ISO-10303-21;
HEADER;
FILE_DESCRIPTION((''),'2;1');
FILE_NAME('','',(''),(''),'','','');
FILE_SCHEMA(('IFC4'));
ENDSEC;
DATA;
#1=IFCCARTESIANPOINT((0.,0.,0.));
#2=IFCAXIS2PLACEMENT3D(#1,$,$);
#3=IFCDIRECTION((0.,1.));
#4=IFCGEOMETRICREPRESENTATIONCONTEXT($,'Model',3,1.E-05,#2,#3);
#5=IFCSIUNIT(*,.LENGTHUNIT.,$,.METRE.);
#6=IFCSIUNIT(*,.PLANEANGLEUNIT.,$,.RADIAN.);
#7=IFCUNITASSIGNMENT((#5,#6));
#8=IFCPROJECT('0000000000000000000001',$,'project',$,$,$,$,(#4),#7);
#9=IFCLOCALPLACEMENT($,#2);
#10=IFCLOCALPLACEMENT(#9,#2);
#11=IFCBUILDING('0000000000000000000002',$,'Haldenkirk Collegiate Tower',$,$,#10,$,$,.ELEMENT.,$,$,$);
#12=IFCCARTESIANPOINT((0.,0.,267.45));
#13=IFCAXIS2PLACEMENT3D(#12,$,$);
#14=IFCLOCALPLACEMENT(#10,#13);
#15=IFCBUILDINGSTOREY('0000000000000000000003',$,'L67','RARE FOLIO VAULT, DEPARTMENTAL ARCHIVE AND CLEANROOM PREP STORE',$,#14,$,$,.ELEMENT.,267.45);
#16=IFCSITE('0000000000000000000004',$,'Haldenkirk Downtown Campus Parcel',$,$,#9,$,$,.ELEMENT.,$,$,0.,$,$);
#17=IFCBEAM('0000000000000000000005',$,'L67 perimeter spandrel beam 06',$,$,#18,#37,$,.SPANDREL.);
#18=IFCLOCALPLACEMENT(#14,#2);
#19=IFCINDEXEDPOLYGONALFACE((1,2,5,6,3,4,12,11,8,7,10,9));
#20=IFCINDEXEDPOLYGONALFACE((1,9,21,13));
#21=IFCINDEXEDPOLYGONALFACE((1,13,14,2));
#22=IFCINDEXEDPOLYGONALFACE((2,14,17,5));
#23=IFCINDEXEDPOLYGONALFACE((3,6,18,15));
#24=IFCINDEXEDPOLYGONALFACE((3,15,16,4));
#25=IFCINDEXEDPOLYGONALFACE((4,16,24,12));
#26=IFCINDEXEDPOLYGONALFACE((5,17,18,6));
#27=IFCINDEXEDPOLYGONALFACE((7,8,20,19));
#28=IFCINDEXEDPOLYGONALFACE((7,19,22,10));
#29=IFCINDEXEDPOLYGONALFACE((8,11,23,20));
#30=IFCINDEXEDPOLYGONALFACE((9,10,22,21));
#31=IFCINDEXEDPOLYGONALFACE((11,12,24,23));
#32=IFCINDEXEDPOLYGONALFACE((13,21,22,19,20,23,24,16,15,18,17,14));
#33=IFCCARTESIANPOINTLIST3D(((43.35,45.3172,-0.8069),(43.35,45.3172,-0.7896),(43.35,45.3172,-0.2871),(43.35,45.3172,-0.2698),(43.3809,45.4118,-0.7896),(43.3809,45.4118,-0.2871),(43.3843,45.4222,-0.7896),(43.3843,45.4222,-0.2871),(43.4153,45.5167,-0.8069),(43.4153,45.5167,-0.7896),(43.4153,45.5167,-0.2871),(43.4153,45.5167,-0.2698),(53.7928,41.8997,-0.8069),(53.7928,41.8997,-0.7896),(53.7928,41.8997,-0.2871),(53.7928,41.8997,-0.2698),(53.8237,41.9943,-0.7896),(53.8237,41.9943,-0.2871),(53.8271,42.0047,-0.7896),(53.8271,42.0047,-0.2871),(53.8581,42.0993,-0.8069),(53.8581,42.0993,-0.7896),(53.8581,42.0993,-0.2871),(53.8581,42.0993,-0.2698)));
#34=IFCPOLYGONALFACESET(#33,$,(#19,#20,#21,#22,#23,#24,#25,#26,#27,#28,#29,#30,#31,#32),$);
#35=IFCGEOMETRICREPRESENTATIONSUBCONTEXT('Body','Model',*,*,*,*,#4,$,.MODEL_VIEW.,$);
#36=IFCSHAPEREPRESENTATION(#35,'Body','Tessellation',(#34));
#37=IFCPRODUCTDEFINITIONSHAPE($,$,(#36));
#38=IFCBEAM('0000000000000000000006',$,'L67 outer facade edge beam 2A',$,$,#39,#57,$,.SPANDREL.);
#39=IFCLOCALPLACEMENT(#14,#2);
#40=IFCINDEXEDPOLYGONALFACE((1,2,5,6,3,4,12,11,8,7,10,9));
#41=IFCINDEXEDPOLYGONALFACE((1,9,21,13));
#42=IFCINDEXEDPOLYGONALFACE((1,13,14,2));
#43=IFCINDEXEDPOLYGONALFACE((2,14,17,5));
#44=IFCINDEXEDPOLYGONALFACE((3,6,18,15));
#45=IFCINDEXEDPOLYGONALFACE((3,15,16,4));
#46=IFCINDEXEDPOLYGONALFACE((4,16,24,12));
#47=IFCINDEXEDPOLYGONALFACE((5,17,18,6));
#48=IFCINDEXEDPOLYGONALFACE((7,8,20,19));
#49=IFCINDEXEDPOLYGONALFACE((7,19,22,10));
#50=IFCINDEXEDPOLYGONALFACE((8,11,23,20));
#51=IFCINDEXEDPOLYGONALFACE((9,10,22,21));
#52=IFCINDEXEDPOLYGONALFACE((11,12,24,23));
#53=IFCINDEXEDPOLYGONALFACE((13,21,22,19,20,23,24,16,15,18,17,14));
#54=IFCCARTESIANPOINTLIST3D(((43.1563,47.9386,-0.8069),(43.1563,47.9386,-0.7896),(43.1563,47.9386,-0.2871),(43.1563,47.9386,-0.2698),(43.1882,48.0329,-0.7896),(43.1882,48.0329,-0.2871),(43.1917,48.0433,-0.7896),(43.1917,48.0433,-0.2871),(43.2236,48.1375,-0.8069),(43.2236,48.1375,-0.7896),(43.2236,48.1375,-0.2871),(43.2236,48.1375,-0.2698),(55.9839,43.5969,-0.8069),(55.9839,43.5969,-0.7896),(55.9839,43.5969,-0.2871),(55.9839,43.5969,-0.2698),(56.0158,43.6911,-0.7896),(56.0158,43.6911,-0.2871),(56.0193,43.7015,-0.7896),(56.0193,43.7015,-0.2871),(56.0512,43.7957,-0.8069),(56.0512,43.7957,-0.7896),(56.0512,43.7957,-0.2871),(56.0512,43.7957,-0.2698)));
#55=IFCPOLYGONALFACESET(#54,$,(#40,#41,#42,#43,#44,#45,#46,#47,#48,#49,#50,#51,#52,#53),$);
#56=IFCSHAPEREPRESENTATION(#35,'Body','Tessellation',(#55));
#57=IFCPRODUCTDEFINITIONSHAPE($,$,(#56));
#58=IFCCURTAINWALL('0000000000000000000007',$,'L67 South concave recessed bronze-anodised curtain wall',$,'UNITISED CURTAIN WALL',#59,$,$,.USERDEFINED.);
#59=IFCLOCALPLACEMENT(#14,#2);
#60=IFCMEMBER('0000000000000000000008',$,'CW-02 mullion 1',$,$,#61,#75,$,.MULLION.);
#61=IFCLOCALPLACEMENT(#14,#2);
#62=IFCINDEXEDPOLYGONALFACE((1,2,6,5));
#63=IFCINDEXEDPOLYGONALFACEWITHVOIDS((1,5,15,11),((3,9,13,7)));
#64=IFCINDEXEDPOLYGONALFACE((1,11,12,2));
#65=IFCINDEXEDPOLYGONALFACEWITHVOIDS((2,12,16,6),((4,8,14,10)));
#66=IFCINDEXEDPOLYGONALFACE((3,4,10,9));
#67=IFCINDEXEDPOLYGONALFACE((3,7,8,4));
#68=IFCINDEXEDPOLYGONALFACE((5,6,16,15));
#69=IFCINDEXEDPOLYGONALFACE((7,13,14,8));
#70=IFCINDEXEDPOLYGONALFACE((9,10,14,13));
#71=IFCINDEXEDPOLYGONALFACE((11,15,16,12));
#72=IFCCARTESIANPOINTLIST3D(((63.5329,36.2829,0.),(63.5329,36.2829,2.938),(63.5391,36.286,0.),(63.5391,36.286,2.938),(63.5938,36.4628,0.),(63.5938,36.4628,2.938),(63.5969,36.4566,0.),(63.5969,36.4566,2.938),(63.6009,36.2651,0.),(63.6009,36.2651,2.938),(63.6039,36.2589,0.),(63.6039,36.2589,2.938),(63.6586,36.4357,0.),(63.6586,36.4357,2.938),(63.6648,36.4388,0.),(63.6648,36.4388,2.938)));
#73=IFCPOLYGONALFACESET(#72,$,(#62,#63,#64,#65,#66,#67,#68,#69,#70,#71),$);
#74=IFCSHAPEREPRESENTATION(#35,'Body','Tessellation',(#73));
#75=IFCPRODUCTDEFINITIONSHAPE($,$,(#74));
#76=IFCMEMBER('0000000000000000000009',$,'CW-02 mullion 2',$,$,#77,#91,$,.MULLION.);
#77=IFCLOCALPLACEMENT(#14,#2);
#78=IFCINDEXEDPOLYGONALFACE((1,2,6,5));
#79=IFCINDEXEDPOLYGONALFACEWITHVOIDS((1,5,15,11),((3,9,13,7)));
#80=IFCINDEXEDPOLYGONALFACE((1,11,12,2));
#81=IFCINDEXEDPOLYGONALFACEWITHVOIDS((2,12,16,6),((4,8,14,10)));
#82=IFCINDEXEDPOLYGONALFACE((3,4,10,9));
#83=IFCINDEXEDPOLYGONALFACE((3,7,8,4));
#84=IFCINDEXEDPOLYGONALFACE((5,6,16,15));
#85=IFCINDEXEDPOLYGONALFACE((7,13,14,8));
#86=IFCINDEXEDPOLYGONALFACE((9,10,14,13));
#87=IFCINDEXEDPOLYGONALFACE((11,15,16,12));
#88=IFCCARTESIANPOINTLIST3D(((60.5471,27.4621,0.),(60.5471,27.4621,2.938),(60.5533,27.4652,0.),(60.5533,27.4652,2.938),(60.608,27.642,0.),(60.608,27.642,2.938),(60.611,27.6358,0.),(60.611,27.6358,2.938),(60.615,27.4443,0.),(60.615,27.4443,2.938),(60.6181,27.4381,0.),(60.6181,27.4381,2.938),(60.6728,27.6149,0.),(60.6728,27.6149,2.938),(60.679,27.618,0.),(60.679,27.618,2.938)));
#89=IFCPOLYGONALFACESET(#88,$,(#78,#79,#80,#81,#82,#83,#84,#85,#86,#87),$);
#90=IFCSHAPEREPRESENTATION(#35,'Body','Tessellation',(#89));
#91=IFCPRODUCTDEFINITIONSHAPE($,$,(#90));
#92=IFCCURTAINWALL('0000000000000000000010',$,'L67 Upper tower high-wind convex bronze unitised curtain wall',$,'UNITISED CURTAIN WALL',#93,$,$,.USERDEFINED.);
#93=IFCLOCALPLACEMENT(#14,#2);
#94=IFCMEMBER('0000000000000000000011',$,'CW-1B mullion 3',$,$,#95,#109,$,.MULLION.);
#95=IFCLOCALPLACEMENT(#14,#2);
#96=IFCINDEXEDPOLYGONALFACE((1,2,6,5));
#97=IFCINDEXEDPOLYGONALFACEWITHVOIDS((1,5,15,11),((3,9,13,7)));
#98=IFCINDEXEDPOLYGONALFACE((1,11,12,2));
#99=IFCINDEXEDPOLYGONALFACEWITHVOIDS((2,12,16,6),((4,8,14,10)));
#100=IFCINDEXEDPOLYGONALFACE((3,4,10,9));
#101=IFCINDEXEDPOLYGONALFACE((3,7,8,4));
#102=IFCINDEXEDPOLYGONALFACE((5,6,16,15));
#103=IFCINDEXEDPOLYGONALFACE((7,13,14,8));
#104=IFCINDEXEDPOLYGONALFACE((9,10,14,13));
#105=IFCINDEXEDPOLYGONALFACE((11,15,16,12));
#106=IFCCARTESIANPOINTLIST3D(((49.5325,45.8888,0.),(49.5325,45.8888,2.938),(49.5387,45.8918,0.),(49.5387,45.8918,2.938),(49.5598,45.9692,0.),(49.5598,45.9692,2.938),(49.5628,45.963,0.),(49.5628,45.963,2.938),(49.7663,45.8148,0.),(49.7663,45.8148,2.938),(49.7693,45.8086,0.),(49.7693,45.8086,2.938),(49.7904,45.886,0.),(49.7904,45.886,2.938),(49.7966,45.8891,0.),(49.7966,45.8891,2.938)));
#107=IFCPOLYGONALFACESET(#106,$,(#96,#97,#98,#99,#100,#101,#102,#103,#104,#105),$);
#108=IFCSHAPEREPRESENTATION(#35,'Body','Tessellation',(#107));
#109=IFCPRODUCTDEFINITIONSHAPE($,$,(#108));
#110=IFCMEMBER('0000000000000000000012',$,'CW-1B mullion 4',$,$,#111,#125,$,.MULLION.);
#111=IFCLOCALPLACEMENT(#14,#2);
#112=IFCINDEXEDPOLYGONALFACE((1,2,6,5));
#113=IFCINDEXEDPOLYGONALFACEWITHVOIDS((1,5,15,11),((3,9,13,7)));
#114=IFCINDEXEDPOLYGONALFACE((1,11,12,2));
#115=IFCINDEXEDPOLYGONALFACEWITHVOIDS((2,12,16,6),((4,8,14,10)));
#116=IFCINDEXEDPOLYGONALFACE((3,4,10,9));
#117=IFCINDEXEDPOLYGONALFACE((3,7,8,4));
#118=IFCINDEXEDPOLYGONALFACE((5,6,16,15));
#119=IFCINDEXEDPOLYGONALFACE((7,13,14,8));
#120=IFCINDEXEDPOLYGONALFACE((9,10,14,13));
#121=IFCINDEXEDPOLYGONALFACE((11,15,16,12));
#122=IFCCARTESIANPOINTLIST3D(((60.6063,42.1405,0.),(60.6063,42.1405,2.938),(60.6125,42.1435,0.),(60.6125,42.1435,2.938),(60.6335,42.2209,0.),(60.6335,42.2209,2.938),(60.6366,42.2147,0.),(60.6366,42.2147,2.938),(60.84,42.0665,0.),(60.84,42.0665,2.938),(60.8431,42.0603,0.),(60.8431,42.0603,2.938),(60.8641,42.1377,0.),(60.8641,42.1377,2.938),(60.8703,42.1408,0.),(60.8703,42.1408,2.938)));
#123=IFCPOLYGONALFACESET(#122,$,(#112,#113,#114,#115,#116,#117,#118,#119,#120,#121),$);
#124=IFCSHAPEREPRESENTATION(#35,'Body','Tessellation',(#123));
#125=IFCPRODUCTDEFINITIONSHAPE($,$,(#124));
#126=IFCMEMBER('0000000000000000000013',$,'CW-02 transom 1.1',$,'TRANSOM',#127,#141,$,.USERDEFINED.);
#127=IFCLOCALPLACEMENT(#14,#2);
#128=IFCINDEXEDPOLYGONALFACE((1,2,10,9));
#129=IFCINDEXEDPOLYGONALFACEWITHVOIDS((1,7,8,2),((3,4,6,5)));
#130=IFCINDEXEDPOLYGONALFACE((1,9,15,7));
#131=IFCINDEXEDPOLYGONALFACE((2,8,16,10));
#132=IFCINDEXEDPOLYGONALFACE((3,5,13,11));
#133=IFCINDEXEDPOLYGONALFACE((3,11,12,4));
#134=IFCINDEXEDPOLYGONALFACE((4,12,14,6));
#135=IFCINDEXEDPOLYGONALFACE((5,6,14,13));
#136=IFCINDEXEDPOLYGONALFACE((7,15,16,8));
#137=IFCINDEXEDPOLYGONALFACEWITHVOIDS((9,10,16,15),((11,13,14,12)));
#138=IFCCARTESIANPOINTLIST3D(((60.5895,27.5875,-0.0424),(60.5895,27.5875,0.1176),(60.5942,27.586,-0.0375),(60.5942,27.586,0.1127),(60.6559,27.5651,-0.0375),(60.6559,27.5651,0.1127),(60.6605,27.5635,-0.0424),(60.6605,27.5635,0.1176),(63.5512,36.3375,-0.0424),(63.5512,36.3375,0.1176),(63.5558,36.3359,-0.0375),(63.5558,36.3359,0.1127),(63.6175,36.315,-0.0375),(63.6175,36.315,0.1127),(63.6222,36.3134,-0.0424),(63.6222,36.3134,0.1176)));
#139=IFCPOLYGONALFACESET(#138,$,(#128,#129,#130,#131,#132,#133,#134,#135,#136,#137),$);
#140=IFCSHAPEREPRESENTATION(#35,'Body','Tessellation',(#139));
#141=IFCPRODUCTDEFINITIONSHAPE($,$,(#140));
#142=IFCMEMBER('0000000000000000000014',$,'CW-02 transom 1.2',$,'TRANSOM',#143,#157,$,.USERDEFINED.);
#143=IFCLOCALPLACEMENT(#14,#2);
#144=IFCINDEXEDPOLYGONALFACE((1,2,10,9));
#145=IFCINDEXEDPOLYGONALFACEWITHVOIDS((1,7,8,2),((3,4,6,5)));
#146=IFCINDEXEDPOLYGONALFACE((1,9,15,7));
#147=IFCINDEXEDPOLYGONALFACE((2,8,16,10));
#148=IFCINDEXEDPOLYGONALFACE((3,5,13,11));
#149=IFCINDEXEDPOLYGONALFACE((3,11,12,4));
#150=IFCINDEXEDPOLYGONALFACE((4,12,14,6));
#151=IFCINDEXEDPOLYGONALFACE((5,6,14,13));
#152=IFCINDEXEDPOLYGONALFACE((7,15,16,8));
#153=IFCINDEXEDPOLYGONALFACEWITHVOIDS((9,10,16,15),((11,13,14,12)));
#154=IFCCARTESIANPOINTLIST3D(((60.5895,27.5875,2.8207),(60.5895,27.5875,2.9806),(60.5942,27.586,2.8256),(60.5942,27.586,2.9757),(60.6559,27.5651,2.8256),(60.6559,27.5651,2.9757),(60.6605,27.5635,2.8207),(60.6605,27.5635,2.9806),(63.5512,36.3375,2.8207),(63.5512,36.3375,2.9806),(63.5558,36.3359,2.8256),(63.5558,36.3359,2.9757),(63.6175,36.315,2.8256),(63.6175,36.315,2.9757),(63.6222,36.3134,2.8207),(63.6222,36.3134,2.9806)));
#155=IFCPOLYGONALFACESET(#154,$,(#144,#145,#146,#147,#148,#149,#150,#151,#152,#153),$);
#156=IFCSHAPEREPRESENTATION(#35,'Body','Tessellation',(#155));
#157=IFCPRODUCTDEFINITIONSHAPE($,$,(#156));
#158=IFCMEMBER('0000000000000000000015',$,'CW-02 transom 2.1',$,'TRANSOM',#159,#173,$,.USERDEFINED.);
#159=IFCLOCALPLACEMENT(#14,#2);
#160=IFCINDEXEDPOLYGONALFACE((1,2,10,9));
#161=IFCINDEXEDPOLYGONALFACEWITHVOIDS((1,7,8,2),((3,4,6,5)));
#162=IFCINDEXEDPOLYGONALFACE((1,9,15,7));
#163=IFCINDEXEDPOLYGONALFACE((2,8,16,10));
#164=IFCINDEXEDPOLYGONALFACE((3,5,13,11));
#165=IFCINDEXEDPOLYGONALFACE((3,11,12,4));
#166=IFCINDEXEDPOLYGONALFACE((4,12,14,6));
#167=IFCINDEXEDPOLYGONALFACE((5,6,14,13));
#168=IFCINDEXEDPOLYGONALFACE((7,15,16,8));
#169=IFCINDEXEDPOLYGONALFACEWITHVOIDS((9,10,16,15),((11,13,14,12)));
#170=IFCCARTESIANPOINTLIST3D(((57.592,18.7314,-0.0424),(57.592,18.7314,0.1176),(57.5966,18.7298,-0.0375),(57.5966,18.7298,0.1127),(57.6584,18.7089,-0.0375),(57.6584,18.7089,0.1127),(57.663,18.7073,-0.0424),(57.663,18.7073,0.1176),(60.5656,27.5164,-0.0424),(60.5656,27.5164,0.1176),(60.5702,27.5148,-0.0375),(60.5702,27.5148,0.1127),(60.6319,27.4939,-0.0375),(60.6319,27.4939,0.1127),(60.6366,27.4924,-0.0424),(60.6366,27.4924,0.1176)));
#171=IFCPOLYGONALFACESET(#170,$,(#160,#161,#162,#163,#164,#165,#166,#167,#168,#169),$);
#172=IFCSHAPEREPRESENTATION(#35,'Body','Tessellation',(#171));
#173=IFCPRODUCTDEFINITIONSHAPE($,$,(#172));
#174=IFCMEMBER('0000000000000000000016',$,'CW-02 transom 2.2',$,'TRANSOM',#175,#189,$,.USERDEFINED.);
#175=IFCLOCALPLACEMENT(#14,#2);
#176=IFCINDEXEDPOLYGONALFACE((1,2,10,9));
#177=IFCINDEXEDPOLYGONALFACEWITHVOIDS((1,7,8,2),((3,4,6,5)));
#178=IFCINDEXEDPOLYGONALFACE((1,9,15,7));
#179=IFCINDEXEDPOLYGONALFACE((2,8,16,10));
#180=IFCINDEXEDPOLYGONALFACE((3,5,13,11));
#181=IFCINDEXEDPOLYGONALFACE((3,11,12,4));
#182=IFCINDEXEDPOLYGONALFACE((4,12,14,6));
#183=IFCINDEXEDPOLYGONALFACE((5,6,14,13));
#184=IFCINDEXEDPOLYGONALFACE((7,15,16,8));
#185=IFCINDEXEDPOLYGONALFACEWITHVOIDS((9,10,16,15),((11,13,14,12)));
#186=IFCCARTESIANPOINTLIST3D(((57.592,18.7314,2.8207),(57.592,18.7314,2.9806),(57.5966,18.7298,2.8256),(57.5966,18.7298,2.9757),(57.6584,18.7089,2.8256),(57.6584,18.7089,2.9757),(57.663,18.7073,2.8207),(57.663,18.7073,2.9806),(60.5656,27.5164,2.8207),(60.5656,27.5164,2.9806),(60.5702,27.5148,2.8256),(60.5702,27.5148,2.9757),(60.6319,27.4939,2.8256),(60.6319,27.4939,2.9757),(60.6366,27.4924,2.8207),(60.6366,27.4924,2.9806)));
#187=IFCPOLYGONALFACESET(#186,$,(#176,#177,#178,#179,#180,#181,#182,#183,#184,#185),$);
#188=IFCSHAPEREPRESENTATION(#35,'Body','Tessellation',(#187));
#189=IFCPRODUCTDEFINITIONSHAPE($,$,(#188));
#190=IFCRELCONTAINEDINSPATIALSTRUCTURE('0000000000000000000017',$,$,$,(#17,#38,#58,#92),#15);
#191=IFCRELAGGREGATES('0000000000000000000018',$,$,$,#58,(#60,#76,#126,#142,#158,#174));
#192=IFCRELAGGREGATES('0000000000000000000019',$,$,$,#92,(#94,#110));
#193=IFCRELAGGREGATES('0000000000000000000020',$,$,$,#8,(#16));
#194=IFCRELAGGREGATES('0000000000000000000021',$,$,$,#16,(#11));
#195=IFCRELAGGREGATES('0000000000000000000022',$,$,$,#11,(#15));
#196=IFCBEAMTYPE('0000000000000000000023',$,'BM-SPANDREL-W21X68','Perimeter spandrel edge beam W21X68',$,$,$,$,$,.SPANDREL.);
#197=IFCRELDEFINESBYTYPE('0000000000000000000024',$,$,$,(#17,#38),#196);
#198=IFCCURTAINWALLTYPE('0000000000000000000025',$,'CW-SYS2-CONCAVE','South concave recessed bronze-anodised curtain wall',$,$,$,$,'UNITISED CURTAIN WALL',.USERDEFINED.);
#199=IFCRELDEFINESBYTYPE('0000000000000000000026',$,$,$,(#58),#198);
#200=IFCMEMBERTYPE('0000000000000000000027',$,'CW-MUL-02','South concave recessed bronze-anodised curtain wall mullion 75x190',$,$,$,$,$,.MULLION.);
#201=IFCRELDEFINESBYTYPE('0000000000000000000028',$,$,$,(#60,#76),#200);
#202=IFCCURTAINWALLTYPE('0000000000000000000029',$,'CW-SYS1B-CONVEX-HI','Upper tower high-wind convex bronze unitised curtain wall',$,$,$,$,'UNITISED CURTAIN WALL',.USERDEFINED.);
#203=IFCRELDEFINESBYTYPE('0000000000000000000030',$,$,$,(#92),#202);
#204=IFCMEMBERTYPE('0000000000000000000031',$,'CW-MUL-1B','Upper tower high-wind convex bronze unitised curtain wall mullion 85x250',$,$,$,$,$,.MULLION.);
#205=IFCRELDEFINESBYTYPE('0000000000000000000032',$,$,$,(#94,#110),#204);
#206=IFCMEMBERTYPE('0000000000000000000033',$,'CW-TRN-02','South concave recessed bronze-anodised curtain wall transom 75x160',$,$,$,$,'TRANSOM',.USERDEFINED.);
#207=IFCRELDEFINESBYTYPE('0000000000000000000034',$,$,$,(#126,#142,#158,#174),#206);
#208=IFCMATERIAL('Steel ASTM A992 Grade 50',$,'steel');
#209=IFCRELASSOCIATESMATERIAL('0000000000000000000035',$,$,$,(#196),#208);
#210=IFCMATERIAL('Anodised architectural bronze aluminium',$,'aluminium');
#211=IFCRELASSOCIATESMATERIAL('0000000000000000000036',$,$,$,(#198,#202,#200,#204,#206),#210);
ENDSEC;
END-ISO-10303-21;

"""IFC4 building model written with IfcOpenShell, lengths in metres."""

from ifc_helpers import new_model, si_unit, direction, frame, origin, origin_2d, place, context, subcontext, project, spatial, hollow_rectangle, i_section, extrude, material, material_profile, profile_set, type_object, element, aggregate, save


model = new_model("IFC4")

# Units and contexts
model_context = context("Model", 3, precision=1e-05, world=origin(), true_north=direction((0.0, 1.0)))
body_context = subcontext(model_context, "Body", "Model", "MODEL_VIEW")
ifc_project = project(units=[si_unit("LENGTHUNIT", "METRE"), si_unit("PLANEANGLEUNIT", "RADIAN")], contexts=[model_context])

# Site, building, storey
site_placement = place(None, origin())
site = spatial("IfcSite", under=ifc_project, at=site_placement, Name="Haldenkirk Downtown Campus Parcel", CompositionType="ELEMENT", RefElevation=0.0)
building_placement = place(site_placement, origin())
building = spatial("IfcBuilding", under=site, at=building_placement, Name="Haldenkirk Collegiate Tower", CompositionType="ELEMENT")
storey_placement = place(building_placement, frame((0.0, 0.0, 267.45)))
storey = spatial("IfcBuildingStorey", under=building, at=storey_placement, Name="L67", Description="RARE FOLIO VAULT, DEPARTMENTAL ARCHIVE AND CLEANROOM PREP STORE", CompositionType="ELEMENT", Elevation=267.45)

# Beams
ifc_material_1 = material(Name="Steel ASTM A992 Grade 50", Category="steel")
ifc_material_profile_1 = material_profile(ifc_material_1, i_section(OverallWidth=0.21, OverallDepth=0.5371, WebThickness=0.011, FlangeThickness=0.0173, at=origin_2d()), Name="W21X68")
ifc_profile_set_1 = profile_set([ifc_material_profile_1], Name="Steel ASTM A992 Grade 50")
beam_type_1 = type_object("IfcBeamType", Name="BM-SPANDREL-W21X68", Description="Perimeter spandrel edge beam W21X68", PredefinedType="SPANDREL", material=ifc_profile_set_1)
beam_1_placement = place(storey_placement, frame((53.8254, 41.9995, -0.5383), z_axis=(-0.950402, 0.311024, 0.0), x_axis=(-0.311024, -0.950402, 0.0)))
element("IfcBeam", 1, at=beam_1_placement, inside=storey, type_object=beam_type_1, Name="L67 perimeter spandrel beam 06", PredefinedType="SPANDREL", context=body_context, shape_type="SweptSolid", body=[
    extrude(i_section(OverallWidth=0.21, OverallDepth=0.5371, WebThickness=0.011, FlangeThickness=0.0173, at=origin_2d()), origin(), (0.0, 0.0, 1.0), 10.9878),
])
beam_2_placement = place(storey_placement, frame((56.0176, 43.6963, -0.5383), z_axis=(-0.947213, 0.320605, 0.0), x_axis=(-0.320605, -0.947213, 0.0)))
element("IfcBeam", 2, at=beam_2_placement, inside=storey, type_object=beam_type_1, Name="L67 outer facade edge beam 2A", PredefinedType="SPANDREL", context=body_context, shape_type="SweptSolid", body=[
    extrude(i_section(OverallWidth=0.21, OverallDepth=0.5371, WebThickness=0.011, FlangeThickness=0.0173, at=origin_2d()), origin(), (0.0, 0.0, 1.0), 13.5425),
])

# Curtain walls, members
ifc_material_2 = material(Name="Anodised architectural bronze aluminium", Category="aluminium")
curtain_wall_type_1 = type_object("IfcCurtainWallType", Name="CW-SYS2-CONCAVE", Description="South concave recessed bronze-anodised curtain wall", ElementType="UNITISED CURTAIN WALL", PredefinedType="USERDEFINED", material=ifc_material_2)
curtain_wall_1_placement = place(storey_placement, origin())
curtain_wall_1 = element("IfcCurtainWall", 3, at=curtain_wall_1_placement, inside=storey, type_object=curtain_wall_type_1, Name="L67 South concave recessed bronze-anodised curtain wall", ObjectType="UNITISED CURTAIN WALL", PredefinedType="USERDEFINED")
ifc_material_profile_2 = material_profile(ifc_material_2, hollow_rectangle(XDim=0.075, YDim=0.1899, WallThickness=0.0049, at=origin_2d()), Name="CW-MUL-02")
ifc_profile_set_2 = profile_set([ifc_material_profile_2], Name="Anodised architectural bronze aluminium")
member_type_1 = type_object("IfcMemberType", Name="CW-MUL-02", Description="South concave recessed bronze-anodised curtain wall mullion 75x190", PredefinedType="MULLION", material=ifc_profile_set_2)
member_1_placement = place(storey_placement, frame((63.5989, 36.3608, 0.0), z_axis=(0.0, 0.0, 1.0), x_axis=(0.94721, -0.320613, 0.0)))
member_1 = element("IfcMember", 4, at=member_1_placement, type_object=member_type_1, Name="CW-02 mullion 1", PredefinedType="MULLION", context=body_context, shape_type="SweptSolid", body=[
    extrude(hollow_rectangle(XDim=0.075, YDim=0.1899, WallThickness=0.0049, at=origin_2d()), origin(), (0.0, 0.0, 1.0), 2.938),
])
member_2_placement = place(storey_placement, frame((60.613, 27.54, 0.0), z_axis=(0.0, 0.0, 1.0), x_axis=(0.94721, -0.320613, 0.0)))
member_2 = element("IfcMember", 5, at=member_2_placement, type_object=member_type_1, Name="CW-02 mullion 2", PredefinedType="MULLION", context=body_context, shape_type="SweptSolid", body=[
    extrude(hollow_rectangle(XDim=0.075, YDim=0.1899, WallThickness=0.0049, at=origin_2d()), origin(), (0.0, 0.0, 1.0), 2.938),
])
curtain_wall_type_2 = type_object("IfcCurtainWallType", Name="CW-SYS1B-CONVEX-HI", Description="Upper tower high-wind convex bronze unitised curtain wall", ElementType="UNITISED CURTAIN WALL", PredefinedType="USERDEFINED", material=ifc_material_2)
curtain_wall_2_placement = place(storey_placement, origin())
curtain_wall_2 = element("IfcCurtainWall", 6, at=curtain_wall_2_placement, inside=storey, type_object=curtain_wall_type_2, Name="L67 Upper tower high-wind convex bronze unitised curtain wall", ObjectType="UNITISED CURTAIN WALL", PredefinedType="USERDEFINED")
ifc_material_profile_3 = material_profile(ifc_material_2, hollow_rectangle(XDim=0.085, YDim=0.25, WallThickness=0.0049, at=origin_2d()), Name="CW-MUL-1B")
ifc_profile_set_3 = profile_set([ifc_material_profile_3], Name="Anodised architectural bronze aluminium")
member_type_2 = type_object("IfcMemberType", Name="CW-MUL-1B", Description="Upper tower high-wind convex bronze unitised curtain wall mullion 85x250", PredefinedType="MULLION", material=ifc_profile_set_3)
member_3_placement = place(storey_placement, frame((49.6646, 45.8889, 0.0), z_axis=(0.0, 0.0, 1.0), x_axis=(0.320614, 0.94721, 0.0)))
member_3 = element("IfcMember", 7, at=member_3_placement, type_object=member_type_2, Name="CW-1B mullion 3", PredefinedType="MULLION", context=body_context, shape_type="SweptSolid", body=[
    extrude(hollow_rectangle(XDim=0.085, YDim=0.25, WallThickness=0.0049, at=origin_2d()), origin(), (0.0, 0.0, 1.0), 2.938),
])
member_4_placement = place(storey_placement, frame((60.7383, 42.1406, 0.0), z_axis=(0.0, 0.0, 1.0), x_axis=(0.320614, 0.94721, 0.0)))
member_4 = element("IfcMember", 8, at=member_4_placement, type_object=member_type_2, Name="CW-1B mullion 4", PredefinedType="MULLION", context=body_context, shape_type="SweptSolid", body=[
    extrude(hollow_rectangle(XDim=0.085, YDim=0.25, WallThickness=0.0049, at=origin_2d()), origin(), (0.0, 0.0, 1.0), 2.938),
])

# Members
ifc_material_profile_4 = material_profile(ifc_material_2, hollow_rectangle(XDim=0.075, YDim=0.1599, WallThickness=0.0049, at=origin_2d()), Name="CW-TRN-02")
ifc_profile_set_4 = profile_set([ifc_material_profile_4], Name="Anodised architectural bronze aluminium")
member_type_3 = type_object("IfcMemberType", Name="CW-TRN-02", Description="South concave recessed bronze-anodised curtain wall transom 75x160", ElementType="TRANSOM", PredefinedType="USERDEFINED", material=ifc_profile_set_4)
member_5_placement = place(storey_placement, frame((63.5867, 36.3254, 0.0376), z_axis=(-0.320609, -0.947212, 0.0), x_axis=(0.947212, -0.320609, 0.0)))
member_5 = element("IfcMember", 9, at=member_5_placement, type_object=member_type_3, Name="CW-02 transom 1.1", ObjectType="TRANSOM", PredefinedType="USERDEFINED", context=body_context, shape_type="SweptSolid", body=[
    extrude(hollow_rectangle(XDim=0.075, YDim=0.1599, WallThickness=0.0049, at=origin_2d()), origin(), (0.0, 0.0, 1.0), 9.2375),
])
member_6_placement = place(storey_placement, frame((63.5867, 36.3254, 2.9006), z_axis=(-0.320609, -0.947212, 0.0), x_axis=(0.947212, -0.320609, 0.0)))
member_6 = element("IfcMember", 10, at=member_6_placement, type_object=member_type_3, Name="CW-02 transom 1.2", ObjectType="TRANSOM", PredefinedType="USERDEFINED", context=body_context, shape_type="SweptSolid", body=[
    extrude(hollow_rectangle(XDim=0.075, YDim=0.1599, WallThickness=0.0049, at=origin_2d()), origin(), (0.0, 0.0, 1.0), 9.2375),
])
member_7_placement = place(storey_placement, frame((60.6011, 27.5044, 0.0376), z_axis=(-0.320615, -0.94721, 0.0), x_axis=(0.94721, -0.320615, 0.0)))
member_7 = element("IfcMember", 11, at=member_7_placement, type_object=member_type_3, Name="CW-02 transom 2.1", ObjectType="TRANSOM", PredefinedType="USERDEFINED", context=body_context, shape_type="SweptSolid", body=[
    extrude(hollow_rectangle(XDim=0.075, YDim=0.1599, WallThickness=0.0049, at=origin_2d()), origin(), (0.0, 0.0, 1.0), 9.2747),
])
member_8_placement = place(storey_placement, frame((60.6011, 27.5044, 2.9006), z_axis=(-0.320615, -0.94721, 0.0), x_axis=(0.94721, -0.320615, 0.0)))
member_8 = element("IfcMember", 12, at=member_8_placement, type_object=member_type_3, Name="CW-02 transom 2.2", ObjectType="TRANSOM", PredefinedType="USERDEFINED", context=body_context, shape_type="SweptSolid", body=[
    extrude(hollow_rectangle(XDim=0.075, YDim=0.1599, WallThickness=0.0049, at=origin_2d()), origin(), (0.0, 0.0, 1.0), 9.2747),
])

aggregate(curtain_wall_1, [member_1, member_2, member_5, member_6, member_7, member_8])
aggregate(curtain_wall_2, [member_3, member_4])

save(model, "model.ifc")
